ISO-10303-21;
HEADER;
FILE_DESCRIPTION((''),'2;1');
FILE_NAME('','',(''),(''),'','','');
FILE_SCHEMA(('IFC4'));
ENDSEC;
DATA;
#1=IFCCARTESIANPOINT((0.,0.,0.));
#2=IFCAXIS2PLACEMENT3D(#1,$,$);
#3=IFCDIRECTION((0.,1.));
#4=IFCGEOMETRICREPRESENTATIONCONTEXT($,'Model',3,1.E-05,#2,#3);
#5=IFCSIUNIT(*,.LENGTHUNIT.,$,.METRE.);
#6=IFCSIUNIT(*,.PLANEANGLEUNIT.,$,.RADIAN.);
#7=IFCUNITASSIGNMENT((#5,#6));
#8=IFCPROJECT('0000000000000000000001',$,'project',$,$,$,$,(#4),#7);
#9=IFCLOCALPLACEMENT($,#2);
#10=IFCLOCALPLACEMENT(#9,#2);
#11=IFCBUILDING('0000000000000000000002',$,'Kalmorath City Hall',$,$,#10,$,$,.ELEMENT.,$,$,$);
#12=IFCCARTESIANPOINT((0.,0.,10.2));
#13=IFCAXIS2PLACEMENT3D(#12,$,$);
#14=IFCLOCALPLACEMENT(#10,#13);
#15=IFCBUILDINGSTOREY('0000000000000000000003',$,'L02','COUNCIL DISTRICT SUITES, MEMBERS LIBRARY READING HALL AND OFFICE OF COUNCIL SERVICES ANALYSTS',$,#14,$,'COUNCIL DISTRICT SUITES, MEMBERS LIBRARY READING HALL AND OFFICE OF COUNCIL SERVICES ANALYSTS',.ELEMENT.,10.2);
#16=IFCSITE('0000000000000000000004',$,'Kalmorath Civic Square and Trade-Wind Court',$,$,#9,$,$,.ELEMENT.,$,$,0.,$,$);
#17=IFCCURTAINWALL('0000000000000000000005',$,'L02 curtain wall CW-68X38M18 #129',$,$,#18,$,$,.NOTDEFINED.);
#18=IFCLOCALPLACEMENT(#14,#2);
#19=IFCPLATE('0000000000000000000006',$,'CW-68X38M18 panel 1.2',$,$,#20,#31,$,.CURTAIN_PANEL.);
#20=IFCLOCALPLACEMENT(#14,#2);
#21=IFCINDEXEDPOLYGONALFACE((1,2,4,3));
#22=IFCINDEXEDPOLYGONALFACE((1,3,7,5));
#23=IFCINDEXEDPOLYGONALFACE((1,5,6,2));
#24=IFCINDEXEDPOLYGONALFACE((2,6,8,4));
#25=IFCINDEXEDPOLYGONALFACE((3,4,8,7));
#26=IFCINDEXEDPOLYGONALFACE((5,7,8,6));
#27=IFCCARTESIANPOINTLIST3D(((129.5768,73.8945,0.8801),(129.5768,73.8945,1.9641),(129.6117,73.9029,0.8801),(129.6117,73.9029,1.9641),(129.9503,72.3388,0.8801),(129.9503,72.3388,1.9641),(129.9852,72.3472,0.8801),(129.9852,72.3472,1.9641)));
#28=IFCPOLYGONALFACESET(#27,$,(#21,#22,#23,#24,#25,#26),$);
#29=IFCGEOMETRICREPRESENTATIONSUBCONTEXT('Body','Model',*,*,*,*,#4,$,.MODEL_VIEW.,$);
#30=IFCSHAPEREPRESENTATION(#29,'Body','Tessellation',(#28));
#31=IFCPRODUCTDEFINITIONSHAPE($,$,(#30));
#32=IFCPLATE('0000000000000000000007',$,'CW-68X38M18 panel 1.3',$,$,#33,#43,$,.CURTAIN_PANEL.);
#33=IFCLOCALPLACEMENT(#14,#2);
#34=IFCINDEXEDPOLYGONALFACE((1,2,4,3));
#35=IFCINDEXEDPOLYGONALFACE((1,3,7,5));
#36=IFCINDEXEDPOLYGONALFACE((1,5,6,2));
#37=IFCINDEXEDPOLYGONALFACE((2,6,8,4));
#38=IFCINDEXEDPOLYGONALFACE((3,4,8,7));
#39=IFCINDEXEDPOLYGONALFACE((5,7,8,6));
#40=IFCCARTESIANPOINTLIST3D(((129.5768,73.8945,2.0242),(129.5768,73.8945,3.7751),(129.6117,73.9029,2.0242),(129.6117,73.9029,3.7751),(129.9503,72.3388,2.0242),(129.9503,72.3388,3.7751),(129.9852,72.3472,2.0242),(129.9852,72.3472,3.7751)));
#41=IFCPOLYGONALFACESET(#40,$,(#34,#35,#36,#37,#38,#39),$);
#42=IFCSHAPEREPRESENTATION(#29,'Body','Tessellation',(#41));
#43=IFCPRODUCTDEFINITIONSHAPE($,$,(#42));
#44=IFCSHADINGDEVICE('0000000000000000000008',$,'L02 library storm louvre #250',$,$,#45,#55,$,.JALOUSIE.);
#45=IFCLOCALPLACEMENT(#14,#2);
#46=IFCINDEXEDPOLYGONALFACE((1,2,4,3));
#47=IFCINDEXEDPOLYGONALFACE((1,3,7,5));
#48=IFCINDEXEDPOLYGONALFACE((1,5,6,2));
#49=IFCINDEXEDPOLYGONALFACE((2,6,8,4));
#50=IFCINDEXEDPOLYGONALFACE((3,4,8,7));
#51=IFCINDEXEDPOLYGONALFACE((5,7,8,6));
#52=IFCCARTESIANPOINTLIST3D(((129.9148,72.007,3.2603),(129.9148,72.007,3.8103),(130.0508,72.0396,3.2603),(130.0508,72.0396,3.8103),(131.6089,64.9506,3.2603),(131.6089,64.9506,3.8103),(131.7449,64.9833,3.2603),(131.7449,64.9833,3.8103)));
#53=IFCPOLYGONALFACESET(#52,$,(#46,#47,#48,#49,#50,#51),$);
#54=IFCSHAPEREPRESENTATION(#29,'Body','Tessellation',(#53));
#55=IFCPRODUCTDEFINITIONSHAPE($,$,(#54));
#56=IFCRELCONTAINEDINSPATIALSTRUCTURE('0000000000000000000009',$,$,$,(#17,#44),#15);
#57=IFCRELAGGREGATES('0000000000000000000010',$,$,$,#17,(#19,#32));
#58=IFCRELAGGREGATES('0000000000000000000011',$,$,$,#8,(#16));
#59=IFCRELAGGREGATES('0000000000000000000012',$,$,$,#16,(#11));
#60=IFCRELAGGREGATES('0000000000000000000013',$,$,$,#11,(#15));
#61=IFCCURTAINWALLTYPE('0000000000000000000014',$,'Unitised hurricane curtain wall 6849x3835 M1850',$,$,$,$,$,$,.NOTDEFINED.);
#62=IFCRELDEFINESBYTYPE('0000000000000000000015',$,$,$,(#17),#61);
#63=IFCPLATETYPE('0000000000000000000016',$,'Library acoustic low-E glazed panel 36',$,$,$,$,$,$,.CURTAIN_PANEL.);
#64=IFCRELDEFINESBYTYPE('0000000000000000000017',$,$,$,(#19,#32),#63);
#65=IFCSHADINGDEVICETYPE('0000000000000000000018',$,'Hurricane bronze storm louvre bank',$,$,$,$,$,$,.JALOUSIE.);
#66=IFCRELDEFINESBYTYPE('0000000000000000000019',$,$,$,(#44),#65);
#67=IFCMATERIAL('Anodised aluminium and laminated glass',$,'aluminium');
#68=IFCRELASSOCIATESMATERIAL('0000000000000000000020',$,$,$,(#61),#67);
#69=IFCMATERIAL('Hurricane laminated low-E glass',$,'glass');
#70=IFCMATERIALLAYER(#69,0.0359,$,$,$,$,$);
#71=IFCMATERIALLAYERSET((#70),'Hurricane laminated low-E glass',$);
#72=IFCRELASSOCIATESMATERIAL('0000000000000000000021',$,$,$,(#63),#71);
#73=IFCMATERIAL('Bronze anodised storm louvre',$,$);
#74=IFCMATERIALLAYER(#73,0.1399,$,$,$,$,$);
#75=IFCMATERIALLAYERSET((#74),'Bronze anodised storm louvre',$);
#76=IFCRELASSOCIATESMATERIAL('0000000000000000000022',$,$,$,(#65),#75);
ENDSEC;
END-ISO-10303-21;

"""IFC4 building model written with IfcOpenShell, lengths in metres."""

from ifc_helpers import new_model, si_unit, direction, frame, origin, origin_2d, place, context, subcontext, project, spatial, rectangle, extrude, material, layer, layer_set, type_object, element, aggregate, save


model = new_model("IFC4")

# Units and contexts
model_context = context("Model", 3, precision=1e-05, world=origin(), true_north=direction((0.0, 1.0)))
body_context = subcontext(model_context, "Body", "Model", "MODEL_VIEW")
ifc_project = project(units=[si_unit("LENGTHUNIT", "METRE"), si_unit("PLANEANGLEUNIT", "RADIAN")], contexts=[model_context])

# Site, building, storey
site_placement = place(None, origin())
site = spatial("IfcSite", under=ifc_project, at=site_placement, Name="Kalmorath Civic Square and Trade-Wind Court", CompositionType="ELEMENT", RefElevation=0.0)
building_placement = place(site_placement, origin())
building = spatial("IfcBuilding", under=site, at=building_placement, Name="Kalmorath City Hall", CompositionType="ELEMENT")
storey_placement = place(building_placement, frame((0.0, 0.0, 10.2)))
storey = spatial("IfcBuildingStorey", under=building, at=storey_placement, Name="L02", Description="COUNCIL DISTRICT SUITES, MEMBERS LIBRARY READING HALL AND OFFICE OF COUNCIL SERVICES ANALYSTS", LongName="COUNCIL DISTRICT SUITES, MEMBERS LIBRARY READING HALL AND OFFICE OF COUNCIL SERVICES ANALYSTS", CompositionType="ELEMENT", Elevation=10.2)

# Curtain wall
ifc_material_1 = material(Name="Anodised aluminium and laminated glass", Category="aluminium")
curtain_wall_type = type_object("IfcCurtainWallType", Name="Unitised hurricane curtain wall 6849x3835 M1850", PredefinedType="NOTDEFINED", material=ifc_material_1)
curtain_wall_1_placement = place(storey_placement, origin())
curtain_wall_1 = element("IfcCurtainWall", 1, at=curtain_wall_1_placement, inside=storey, type_object=curtain_wall_type, Name="L02 curtain wall CW-68X38M18 #129", PredefinedType="NOTDEFINED")

# Plates
ifc_material_2 = material(Name="Hurricane laminated low-E glass", Category="glass")
ifc_layer_1 = layer(ifc_material_2, 0.0359)
ifc_layer_set_1 = layer_set([ifc_layer_1], Name="Hurricane laminated low-E glass")
plate_type = type_object("IfcPlateType", Name="Library acoustic low-E glazed panel 36", PredefinedType="CURTAIN_PANEL", material=ifc_layer_set_1)
plate_1_placement = place(storey_placement, frame((129.781, 73.1208, 0.8801), z_axis=(0.0, 0.0, 1.0), x_axis=(-0.233456, 0.972367, 0.0)))
plate_1 = element("IfcPlate", 2, at=plate_1_placement, type_object=plate_type, Name="CW-68X38M18 panel 1.2", PredefinedType="CURTAIN_PANEL", context=body_context, shape_type="SweptSolid", body=[
    extrude(rectangle(XDim=1.5999, YDim=0.0359, at=origin_2d()), origin(), (0.0, 0.0, 1.0), 1.084),
])
plate_2_placement = place(storey_placement, frame((129.781, 73.1208, 2.0242), z_axis=(0.0, 0.0, 1.0), x_axis=(-0.233456, 0.972367, 0.0)))
plate_2 = element("IfcPlate", 3, at=plate_2_placement, type_object=plate_type, Name="CW-68X38M18 panel 1.3", PredefinedType="CURTAIN_PANEL", context=body_context, shape_type="SweptSolid", body=[
    extrude(rectangle(XDim=1.5999, YDim=0.0359, at=origin_2d()), origin(), (0.0, 0.0, 1.0), 1.751),
])
aggregate(curtain_wall_1, [plate_1, plate_2])

# Shading device
ifc_material_3 = material(Name="Bronze anodised storm louvre")
ifc_layer_2 = layer(ifc_material_3, 0.1399)
ifc_layer_set_2 = layer_set([ifc_layer_2], Name="Bronze anodised storm louvre")
shading_device_type = type_object("IfcShadingDeviceType", Name="Hurricane bronze storm louvre bank", PredefinedType="JALOUSIE", material=ifc_layer_set_2)
shading_device_placement = place(storey_placement, frame((130.8298, 68.4951, 3.2603), z_axis=(0.0, 0.0, 1.0), x_axis=(-0.233445, 0.97237, 0.0)))
element("IfcShadingDevice", 4, at=shading_device_placement, inside=storey, type_object=shading_device_type, Name="L02 library storm louvre #250", PredefinedType="JALOUSIE", context=body_context, shape_type="SweptSolid", body=[
    extrude(rectangle(XDim=7.2568, YDim=0.1399, at=origin_2d()), origin(), (0.0, 0.0, 1.0), 0.55),
])

save(model, "model.ifc")
